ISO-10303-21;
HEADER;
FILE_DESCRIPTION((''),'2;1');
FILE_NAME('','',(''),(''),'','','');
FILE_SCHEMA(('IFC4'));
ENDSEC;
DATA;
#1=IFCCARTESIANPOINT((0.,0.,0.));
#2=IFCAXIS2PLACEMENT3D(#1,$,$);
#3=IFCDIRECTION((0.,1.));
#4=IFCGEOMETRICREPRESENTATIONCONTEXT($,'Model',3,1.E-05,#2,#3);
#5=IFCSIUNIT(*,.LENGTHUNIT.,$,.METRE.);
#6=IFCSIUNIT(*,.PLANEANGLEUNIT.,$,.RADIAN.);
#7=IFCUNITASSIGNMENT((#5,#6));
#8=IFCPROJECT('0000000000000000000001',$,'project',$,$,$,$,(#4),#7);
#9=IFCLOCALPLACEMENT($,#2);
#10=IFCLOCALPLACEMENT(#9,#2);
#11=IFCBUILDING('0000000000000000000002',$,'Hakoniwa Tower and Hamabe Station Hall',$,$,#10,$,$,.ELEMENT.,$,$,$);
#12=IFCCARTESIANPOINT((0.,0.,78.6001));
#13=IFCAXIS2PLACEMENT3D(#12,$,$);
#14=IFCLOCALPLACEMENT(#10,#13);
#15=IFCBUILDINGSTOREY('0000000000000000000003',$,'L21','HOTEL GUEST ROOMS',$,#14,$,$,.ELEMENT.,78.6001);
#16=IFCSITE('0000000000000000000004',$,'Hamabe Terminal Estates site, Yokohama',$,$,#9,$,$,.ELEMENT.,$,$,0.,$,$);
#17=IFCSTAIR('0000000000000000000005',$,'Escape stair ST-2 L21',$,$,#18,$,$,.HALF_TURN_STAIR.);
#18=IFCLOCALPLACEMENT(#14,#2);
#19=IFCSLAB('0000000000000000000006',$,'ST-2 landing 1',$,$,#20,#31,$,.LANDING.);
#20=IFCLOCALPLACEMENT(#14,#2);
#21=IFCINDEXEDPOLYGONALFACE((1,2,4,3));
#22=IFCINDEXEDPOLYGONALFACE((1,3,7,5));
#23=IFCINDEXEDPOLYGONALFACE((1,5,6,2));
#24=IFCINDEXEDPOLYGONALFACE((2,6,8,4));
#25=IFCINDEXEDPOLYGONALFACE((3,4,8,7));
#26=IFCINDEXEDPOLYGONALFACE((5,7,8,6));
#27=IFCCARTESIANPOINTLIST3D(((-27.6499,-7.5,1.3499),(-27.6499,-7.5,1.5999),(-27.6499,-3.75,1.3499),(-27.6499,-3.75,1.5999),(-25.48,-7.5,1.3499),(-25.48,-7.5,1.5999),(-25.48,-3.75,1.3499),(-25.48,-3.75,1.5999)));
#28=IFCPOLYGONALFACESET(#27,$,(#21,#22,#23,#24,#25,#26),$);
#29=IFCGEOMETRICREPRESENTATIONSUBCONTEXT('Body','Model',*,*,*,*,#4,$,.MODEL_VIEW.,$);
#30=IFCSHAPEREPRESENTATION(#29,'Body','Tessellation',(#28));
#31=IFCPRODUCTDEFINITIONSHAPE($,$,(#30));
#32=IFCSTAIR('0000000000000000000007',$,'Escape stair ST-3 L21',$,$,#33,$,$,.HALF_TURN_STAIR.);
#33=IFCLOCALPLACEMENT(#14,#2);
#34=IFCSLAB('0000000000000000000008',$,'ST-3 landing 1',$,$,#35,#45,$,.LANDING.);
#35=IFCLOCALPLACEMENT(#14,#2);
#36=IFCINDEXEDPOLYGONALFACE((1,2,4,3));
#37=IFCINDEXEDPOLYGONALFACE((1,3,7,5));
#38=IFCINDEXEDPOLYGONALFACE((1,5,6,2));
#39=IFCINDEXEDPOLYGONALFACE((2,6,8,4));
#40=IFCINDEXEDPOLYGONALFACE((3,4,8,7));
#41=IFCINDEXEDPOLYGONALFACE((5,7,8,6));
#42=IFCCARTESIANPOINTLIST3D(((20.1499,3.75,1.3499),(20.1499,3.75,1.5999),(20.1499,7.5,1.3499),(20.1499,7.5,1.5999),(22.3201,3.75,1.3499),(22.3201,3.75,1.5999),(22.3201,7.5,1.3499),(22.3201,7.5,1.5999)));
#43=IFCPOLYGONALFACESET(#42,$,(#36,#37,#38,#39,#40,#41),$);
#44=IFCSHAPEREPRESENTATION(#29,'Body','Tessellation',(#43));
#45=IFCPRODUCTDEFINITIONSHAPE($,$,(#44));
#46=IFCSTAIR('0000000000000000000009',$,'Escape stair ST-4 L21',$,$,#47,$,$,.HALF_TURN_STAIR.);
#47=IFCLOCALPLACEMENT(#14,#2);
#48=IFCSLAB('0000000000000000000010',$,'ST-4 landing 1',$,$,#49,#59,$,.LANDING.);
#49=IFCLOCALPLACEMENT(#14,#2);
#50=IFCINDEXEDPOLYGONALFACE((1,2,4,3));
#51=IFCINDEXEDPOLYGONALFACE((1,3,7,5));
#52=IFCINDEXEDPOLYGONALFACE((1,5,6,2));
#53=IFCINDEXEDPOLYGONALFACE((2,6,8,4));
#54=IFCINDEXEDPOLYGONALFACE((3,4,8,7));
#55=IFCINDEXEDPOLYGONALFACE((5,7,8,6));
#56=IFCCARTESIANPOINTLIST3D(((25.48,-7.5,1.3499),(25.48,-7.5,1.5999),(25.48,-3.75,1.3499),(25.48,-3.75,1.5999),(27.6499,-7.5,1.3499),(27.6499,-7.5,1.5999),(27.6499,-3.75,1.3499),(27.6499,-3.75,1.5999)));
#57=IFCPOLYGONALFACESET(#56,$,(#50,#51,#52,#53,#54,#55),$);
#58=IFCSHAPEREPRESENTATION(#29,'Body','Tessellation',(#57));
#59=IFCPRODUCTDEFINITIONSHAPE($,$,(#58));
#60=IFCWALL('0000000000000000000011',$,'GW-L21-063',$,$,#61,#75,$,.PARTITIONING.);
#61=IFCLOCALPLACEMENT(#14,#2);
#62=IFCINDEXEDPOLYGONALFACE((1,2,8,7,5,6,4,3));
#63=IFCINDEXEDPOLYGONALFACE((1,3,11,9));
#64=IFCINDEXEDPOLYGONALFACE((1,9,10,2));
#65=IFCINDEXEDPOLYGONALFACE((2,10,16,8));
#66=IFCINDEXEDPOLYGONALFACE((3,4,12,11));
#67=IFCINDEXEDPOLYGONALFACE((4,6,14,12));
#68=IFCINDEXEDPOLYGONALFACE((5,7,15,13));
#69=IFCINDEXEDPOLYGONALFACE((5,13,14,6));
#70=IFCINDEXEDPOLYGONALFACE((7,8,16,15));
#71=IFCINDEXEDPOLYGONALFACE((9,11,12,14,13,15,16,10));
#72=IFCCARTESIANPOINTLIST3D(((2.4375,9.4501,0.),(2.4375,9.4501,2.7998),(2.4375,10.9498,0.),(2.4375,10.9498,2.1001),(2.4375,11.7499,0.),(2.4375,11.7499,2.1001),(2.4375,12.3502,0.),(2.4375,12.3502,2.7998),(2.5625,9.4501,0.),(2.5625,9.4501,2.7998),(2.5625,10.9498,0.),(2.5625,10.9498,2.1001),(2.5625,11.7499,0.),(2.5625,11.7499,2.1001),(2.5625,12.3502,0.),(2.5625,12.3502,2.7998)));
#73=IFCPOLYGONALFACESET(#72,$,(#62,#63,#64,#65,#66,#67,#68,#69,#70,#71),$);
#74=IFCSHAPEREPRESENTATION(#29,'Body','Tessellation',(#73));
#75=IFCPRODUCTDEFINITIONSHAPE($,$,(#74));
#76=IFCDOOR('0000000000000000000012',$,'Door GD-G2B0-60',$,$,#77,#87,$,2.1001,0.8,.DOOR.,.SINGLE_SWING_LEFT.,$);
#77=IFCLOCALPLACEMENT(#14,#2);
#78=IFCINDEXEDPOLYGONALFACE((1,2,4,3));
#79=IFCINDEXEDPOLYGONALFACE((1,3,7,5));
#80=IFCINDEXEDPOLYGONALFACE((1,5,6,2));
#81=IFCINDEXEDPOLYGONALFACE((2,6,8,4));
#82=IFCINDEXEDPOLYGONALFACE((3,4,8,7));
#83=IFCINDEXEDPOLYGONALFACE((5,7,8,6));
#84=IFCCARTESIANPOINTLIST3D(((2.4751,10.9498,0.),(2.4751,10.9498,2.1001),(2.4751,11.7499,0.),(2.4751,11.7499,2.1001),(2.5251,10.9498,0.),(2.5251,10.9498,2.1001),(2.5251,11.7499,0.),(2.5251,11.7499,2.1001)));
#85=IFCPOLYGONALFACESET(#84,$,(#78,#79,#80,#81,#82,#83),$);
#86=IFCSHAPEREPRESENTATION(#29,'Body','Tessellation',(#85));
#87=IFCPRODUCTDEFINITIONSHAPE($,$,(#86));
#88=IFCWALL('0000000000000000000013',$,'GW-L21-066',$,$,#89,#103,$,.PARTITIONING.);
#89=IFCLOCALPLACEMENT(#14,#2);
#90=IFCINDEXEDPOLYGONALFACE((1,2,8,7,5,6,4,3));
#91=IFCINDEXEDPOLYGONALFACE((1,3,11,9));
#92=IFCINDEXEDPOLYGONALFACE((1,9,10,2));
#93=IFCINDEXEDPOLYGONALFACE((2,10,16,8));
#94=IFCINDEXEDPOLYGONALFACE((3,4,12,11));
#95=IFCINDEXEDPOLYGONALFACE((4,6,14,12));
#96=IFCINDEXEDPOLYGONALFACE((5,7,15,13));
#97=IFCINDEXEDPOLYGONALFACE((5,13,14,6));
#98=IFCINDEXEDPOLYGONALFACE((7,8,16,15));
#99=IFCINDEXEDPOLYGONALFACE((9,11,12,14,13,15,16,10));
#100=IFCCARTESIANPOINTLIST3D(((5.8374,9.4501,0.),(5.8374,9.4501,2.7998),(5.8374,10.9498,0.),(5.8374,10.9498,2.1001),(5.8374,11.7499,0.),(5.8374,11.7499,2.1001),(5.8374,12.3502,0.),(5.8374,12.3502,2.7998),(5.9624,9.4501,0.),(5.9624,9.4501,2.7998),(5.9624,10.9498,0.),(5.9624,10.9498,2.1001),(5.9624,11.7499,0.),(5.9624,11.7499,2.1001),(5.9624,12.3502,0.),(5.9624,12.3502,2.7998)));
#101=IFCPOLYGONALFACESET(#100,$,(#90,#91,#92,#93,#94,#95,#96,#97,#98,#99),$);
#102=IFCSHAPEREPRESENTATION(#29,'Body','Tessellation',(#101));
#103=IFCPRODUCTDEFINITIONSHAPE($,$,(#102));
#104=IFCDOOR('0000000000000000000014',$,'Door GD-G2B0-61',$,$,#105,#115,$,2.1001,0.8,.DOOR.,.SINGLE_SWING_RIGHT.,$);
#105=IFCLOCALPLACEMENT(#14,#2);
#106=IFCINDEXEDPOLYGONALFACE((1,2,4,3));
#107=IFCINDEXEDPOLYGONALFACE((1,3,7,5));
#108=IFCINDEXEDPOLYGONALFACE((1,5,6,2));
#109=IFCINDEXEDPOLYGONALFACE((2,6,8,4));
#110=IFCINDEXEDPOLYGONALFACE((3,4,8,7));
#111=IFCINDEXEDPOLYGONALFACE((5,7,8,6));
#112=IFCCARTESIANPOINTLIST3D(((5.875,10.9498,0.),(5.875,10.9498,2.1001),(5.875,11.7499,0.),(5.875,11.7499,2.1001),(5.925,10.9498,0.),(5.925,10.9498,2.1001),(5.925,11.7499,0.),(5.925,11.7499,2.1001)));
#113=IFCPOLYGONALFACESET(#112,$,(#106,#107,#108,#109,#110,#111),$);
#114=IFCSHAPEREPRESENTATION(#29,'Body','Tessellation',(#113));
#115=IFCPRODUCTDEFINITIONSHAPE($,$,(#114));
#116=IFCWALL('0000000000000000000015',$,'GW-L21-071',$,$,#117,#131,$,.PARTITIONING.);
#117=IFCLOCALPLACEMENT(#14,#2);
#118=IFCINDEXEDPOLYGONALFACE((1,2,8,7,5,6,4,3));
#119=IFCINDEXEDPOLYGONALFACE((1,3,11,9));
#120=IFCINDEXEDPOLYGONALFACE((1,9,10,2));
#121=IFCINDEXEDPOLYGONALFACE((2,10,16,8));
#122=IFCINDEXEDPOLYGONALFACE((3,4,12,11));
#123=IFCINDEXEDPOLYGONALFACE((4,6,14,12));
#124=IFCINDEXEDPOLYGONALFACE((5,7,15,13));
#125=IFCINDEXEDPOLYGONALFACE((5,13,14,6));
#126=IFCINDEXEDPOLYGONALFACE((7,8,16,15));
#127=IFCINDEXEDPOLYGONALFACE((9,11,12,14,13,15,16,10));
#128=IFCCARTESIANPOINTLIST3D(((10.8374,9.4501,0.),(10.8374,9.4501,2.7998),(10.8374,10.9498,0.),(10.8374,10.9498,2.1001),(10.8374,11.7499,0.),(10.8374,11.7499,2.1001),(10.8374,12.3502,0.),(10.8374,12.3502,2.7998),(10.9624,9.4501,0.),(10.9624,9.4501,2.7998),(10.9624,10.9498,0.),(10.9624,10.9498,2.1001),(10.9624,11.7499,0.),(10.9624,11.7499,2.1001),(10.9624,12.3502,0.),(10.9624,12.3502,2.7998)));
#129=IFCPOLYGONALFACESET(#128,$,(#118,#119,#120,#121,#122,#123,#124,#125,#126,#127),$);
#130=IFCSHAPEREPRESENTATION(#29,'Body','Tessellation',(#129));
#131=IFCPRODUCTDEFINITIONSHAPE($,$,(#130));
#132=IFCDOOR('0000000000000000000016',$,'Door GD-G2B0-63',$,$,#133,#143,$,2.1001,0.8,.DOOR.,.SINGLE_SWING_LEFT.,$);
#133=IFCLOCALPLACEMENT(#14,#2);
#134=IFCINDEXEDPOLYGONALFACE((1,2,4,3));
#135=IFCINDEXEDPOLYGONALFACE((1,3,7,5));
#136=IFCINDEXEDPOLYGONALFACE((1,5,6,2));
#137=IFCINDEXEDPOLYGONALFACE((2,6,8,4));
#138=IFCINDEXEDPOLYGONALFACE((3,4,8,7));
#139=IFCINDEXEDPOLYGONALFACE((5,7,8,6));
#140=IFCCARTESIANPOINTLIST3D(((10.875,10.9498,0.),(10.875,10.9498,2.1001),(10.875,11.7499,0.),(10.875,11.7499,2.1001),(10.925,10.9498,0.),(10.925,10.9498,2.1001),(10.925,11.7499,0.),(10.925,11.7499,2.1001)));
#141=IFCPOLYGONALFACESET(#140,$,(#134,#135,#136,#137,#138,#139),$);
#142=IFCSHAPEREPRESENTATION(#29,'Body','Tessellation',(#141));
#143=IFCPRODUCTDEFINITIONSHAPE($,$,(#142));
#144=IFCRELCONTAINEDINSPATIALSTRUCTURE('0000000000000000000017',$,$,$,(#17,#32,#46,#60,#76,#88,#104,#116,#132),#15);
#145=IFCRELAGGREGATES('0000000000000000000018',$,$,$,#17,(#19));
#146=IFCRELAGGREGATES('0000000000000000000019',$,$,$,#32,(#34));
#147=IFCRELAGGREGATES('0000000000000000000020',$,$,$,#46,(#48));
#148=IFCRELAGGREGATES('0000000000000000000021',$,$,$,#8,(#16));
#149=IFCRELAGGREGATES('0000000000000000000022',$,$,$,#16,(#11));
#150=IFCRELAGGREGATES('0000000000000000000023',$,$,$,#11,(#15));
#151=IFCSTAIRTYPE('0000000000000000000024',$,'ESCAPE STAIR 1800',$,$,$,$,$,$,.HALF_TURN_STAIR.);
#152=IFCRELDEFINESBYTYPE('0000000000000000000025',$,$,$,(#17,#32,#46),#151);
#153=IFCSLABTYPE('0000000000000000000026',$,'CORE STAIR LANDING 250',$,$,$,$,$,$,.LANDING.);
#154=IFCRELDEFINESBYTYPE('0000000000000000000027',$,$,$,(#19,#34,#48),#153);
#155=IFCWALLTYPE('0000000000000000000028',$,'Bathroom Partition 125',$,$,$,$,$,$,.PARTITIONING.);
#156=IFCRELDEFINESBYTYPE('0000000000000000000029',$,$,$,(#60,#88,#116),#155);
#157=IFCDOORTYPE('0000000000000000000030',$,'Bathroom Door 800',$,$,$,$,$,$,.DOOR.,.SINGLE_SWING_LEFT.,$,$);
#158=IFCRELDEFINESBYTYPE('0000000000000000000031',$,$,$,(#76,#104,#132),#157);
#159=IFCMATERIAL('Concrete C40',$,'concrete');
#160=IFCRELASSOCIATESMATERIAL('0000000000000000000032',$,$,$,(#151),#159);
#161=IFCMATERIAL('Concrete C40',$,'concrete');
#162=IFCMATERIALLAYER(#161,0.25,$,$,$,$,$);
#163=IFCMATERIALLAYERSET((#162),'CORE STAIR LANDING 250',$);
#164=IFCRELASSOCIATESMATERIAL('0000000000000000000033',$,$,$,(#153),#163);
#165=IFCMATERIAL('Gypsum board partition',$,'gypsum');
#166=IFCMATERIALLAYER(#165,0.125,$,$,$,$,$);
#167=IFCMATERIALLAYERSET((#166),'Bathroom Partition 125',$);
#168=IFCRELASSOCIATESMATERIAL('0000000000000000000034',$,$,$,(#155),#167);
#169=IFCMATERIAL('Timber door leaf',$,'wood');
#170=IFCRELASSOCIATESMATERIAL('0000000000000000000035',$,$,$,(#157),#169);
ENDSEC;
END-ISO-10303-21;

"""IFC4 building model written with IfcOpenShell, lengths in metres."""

from ifc_helpers import new_model, si_unit, direction, frame, frame_2d, origin, place, context, subcontext, project, spatial, polyline, rectangle, outline, extrude, material, layer, layer_set, type_object, element, fill, aggregate, save


model = new_model("IFC4")

# Units and contexts
model_context = context("Model", 3, precision=1e-05, world=origin(), true_north=direction((0.0, 1.0)))
body_context = subcontext(model_context, "Body", "Model", "MODEL_VIEW")
ifc_project = project(units=[si_unit("LENGTHUNIT", "METRE"), si_unit("PLANEANGLEUNIT", "RADIAN")], contexts=[model_context])

# Site, building, storey
site_placement = place(None, origin())
site = spatial("IfcSite", under=ifc_project, at=site_placement, Name="Hamabe Terminal Estates site, Yokohama", CompositionType="ELEMENT", RefElevation=0.0)
building_placement = place(site_placement, origin())
building = spatial("IfcBuilding", under=site, at=building_placement, Name="Hakoniwa Tower and Hamabe Station Hall", CompositionType="ELEMENT")
storey_placement = place(building_placement, frame((0.0, 0.0, 78.6001)))
storey = spatial("IfcBuildingStorey", under=building, at=storey_placement, Name="L21", Description="HOTEL GUEST ROOMS", CompositionType="ELEMENT", Elevation=78.6001)

# Stairs, slabs
ifc_material_1 = material(Name="Concrete C40", Category="concrete")
stair_type = type_object("IfcStairType", Name="ESCAPE STAIR 1800", PredefinedType="HALF_TURN_STAIR", material=ifc_material_1)
stair_1_placement = place(storey_placement, origin())
stair_1 = element("IfcStair", 1, at=stair_1_placement, inside=storey, type_object=stair_type, Name="Escape stair ST-2 L21", PredefinedType="HALF_TURN_STAIR")
ifc_material_2 = material(Name="Concrete C40", Category="concrete")
ifc_layer_1 = layer(ifc_material_2, 0.25)
ifc_layer_set_1 = layer_set([ifc_layer_1], Name="CORE STAIR LANDING 250")
slab_type = type_object("IfcSlabType", Name="CORE STAIR LANDING 250", PredefinedType="LANDING", material=ifc_layer_set_1)
slab_1_placement = place(storey_placement, frame((0.0, 0.0, 1.3499)))
slab_1 = element("IfcSlab", 2, at=slab_1_placement, type_object=slab_type, Name="ST-2 landing 1", PredefinedType="LANDING", context=body_context, shape_type="SweptSolid", body=[
    extrude(outline(polyline([(-25.48, -7.5), (-27.6499, -7.5), (-27.6499, -3.75), (-25.48, -3.75), (-25.48, -7.5)])), origin(), (0.0, 0.0, 1.0), 0.25),
])
aggregate(stair_1, [slab_1])
stair_2_placement = place(storey_placement, origin())
stair_2 = element("IfcStair", 3, at=stair_2_placement, inside=storey, type_object=stair_type, Name="Escape stair ST-3 L21", PredefinedType="HALF_TURN_STAIR")
slab_2_placement = place(storey_placement, frame((0.0, 0.0, 1.3499)))
slab_2 = element("IfcSlab", 4, at=slab_2_placement, type_object=slab_type, Name="ST-3 landing 1", PredefinedType="LANDING", context=body_context, shape_type="SweptSolid", body=[
    extrude(outline(polyline([(22.3201, 3.75), (20.1499, 3.75), (20.1499, 7.5), (22.3201, 7.5), (22.3201, 3.75)])), origin(), (0.0, 0.0, 1.0), 0.25),
])
aggregate(stair_2, [slab_2])
stair_3_placement = place(storey_placement, origin())
stair_3 = element("IfcStair", 5, at=stair_3_placement, inside=storey, type_object=stair_type, Name="Escape stair ST-4 L21", PredefinedType="HALF_TURN_STAIR")
slab_3_placement = place(storey_placement, frame((0.0, 0.0, 1.3499)))
slab_3 = element("IfcSlab", 6, at=slab_3_placement, type_object=slab_type, Name="ST-4 landing 1", PredefinedType="LANDING", context=body_context, shape_type="SweptSolid", body=[
    extrude(outline(polyline([(25.48, -7.5), (27.6499, -7.5), (27.6499, -3.75), (25.48, -3.75), (25.48, -7.5)])), origin(), (0.0, 0.0, 1.0), 0.25),
])
aggregate(stair_3, [slab_3])

# Walls, openings, doors
ifc_material_3 = material(Name="Gypsum board partition", Category="gypsum")
ifc_layer_2 = layer(ifc_material_3, 0.125)
ifc_layer_set_2 = layer_set([ifc_layer_2], Name="Bathroom Partition 125")
wall_type_1 = type_object("IfcWallType", Name="Bathroom Partition 125", PredefinedType="PARTITIONING", material=ifc_layer_set_2)
wall_1_placement = place(storey_placement, frame((2.5, 9.45, 0.0), z_axis=(0.0, 0.0, 1.0), x_axis=(0.0, 1.0, 0.0)))
wall_1 = element("IfcWall", 7, at=wall_1_placement, inside=storey, type_object=wall_type_1, Name="GW-L21-063", PredefinedType="PARTITIONING", context=body_context, shape_type="SweptSolid", body=[
    extrude(rectangle(XDim=2.9001, YDim=0.125, at=frame_2d((1.4502, 0.0))), origin(), (0.0, 0.0, 1.0), 2.7998),
])
opening_1_placement = place(wall_1_placement, frame((1.5, 0.0, 0.0)))
opening_1 = element("IfcOpeningElement", 8, at=opening_1_placement, cuts=wall_1, PredefinedType="OPENING", context=body_context, shape_type="SweptSolid", body=[
    extrude(rectangle(XDim=0.8, YDim=2.1001, at=frame_2d((0.3999, 1.05))), frame((0.0, 0.0725, 0.0), z_axis=(0.0, -1.0, 0.0), x_axis=(1.0, 0.0, 0.0)), (0.0, 0.0, 1.0), 0.145),
])
ifc_material_4 = material(Name="Timber door leaf", Category="wood")
door_type_1 = type_object("IfcDoorType", Name="Bathroom Door 800", OperationType="SINGLE_SWING_LEFT", PredefinedType="DOOR", material=ifc_material_4)
door_1_placement = place(opening_1_placement, origin())
door_1 = element("IfcDoor", 9, at=door_1_placement, inside=storey, type_object=door_type_1, Name="Door GD-G2B0-60", OperationType="SINGLE_SWING_LEFT", OverallHeight=2.1001, OverallWidth=0.8, PredefinedType="DOOR", context=body_context, shape_type="SweptSolid", body=[
    extrude(rectangle(XDim=0.8, YDim=2.1001, at=frame_2d((0.3999, 1.05))), frame((0.0, 0.0249, 0.0), z_axis=(0.0, -1.0, 0.0), x_axis=(1.0, 0.0, 0.0)), (0.0, 0.0, 1.0), 0.05),
])
fill(opening_1, door_1)
wall_2_placement = place(storey_placement, frame((5.8999, 9.45, 0.0), z_axis=(0.0, 0.0, 1.0), x_axis=(0.0, 1.0, 0.0)))
wall_2 = element("IfcWall", 10, at=wall_2_placement, inside=storey, type_object=wall_type_1, Name="GW-L21-066", PredefinedType="PARTITIONING", context=body_context, shape_type="SweptSolid", body=[
    extrude(rectangle(XDim=2.9001, YDim=0.125, at=frame_2d((1.4502, 0.0))), origin(), (0.0, 0.0, 1.0), 2.7998),
])
opening_2_placement = place(wall_2_placement, frame((1.5, 0.0, 0.0)))
opening_2 = element("IfcOpeningElement", 11, at=opening_2_placement, cuts=wall_2, PredefinedType="OPENING", context=body_context, shape_type="SweptSolid", body=[
    extrude(rectangle(XDim=0.8, YDim=2.1001, at=frame_2d((0.3999, 1.05))), frame((0.0, 0.0725, 0.0), z_axis=(0.0, -1.0, 0.0), x_axis=(1.0, 0.0, 0.0)), (0.0, 0.0, 1.0), 0.145),
])
door_2_placement = place(opening_2_placement, origin())
door_2 = element("IfcDoor", 12, at=door_2_placement, inside=storey, type_object=door_type_1, Name="Door GD-G2B0-61", OperationType="SINGLE_SWING_RIGHT", OverallHeight=2.1001, OverallWidth=0.8, PredefinedType="DOOR", context=body_context, shape_type="SweptSolid", body=[
    extrude(rectangle(XDim=0.8, YDim=2.1001, at=frame_2d((0.3999, 1.05))), frame((0.0, 0.0249, 0.0), z_axis=(0.0, -1.0, 0.0), x_axis=(1.0, 0.0, 0.0)), (0.0, 0.0, 1.0), 0.05),
])
fill(opening_2, door_2)
wall_3_placement = place(storey_placement, frame((10.8999, 9.45, 0.0), z_axis=(0.0, 0.0, 1.0), x_axis=(0.0, 1.0, 0.0)))
wall_3 = element("IfcWall", 13, at=wall_3_placement, inside=storey, type_object=wall_type_1, Name="GW-L21-071", PredefinedType="PARTITIONING", context=body_context, shape_type="SweptSolid", body=[
    extrude(rectangle(XDim=2.9001, YDim=0.125, at=frame_2d((1.4502, 0.0))), origin(), (0.0, 0.0, 1.0), 2.7998),
])
opening_3_placement = place(wall_3_placement, frame((1.5, 0.0, 0.0)))
opening_3 = element("IfcOpeningElement", 14, at=opening_3_placement, cuts=wall_3, PredefinedType="OPENING", context=body_context, shape_type="SweptSolid", body=[
    extrude(rectangle(XDim=0.8, YDim=2.1001, at=frame_2d((0.3999, 1.05))), frame((0.0, 0.0725, 0.0), z_axis=(0.0, -1.0, 0.0), x_axis=(1.0, 0.0, 0.0)), (0.0, 0.0, 1.0), 0.145),
])
door_3_placement = place(opening_3_placement, origin())
door_3 = element("IfcDoor", 15, at=door_3_placement, inside=storey, type_object=door_type_1, Name="Door GD-G2B0-63", OperationType="SINGLE_SWING_LEFT", OverallHeight=2.1001, OverallWidth=0.8, PredefinedType="DOOR", context=body_context, shape_type="SweptSolid", body=[
    extrude(rectangle(XDim=0.8, YDim=2.1001, at=frame_2d((0.3999, 1.05))), frame((0.0, 0.0249, 0.0), z_axis=(0.0, -1.0, 0.0), x_axis=(1.0, 0.0, 0.0)), (0.0, 0.0, 1.0), 0.05),
])
fill(opening_3, door_3)

save(model, "model.ifc")
